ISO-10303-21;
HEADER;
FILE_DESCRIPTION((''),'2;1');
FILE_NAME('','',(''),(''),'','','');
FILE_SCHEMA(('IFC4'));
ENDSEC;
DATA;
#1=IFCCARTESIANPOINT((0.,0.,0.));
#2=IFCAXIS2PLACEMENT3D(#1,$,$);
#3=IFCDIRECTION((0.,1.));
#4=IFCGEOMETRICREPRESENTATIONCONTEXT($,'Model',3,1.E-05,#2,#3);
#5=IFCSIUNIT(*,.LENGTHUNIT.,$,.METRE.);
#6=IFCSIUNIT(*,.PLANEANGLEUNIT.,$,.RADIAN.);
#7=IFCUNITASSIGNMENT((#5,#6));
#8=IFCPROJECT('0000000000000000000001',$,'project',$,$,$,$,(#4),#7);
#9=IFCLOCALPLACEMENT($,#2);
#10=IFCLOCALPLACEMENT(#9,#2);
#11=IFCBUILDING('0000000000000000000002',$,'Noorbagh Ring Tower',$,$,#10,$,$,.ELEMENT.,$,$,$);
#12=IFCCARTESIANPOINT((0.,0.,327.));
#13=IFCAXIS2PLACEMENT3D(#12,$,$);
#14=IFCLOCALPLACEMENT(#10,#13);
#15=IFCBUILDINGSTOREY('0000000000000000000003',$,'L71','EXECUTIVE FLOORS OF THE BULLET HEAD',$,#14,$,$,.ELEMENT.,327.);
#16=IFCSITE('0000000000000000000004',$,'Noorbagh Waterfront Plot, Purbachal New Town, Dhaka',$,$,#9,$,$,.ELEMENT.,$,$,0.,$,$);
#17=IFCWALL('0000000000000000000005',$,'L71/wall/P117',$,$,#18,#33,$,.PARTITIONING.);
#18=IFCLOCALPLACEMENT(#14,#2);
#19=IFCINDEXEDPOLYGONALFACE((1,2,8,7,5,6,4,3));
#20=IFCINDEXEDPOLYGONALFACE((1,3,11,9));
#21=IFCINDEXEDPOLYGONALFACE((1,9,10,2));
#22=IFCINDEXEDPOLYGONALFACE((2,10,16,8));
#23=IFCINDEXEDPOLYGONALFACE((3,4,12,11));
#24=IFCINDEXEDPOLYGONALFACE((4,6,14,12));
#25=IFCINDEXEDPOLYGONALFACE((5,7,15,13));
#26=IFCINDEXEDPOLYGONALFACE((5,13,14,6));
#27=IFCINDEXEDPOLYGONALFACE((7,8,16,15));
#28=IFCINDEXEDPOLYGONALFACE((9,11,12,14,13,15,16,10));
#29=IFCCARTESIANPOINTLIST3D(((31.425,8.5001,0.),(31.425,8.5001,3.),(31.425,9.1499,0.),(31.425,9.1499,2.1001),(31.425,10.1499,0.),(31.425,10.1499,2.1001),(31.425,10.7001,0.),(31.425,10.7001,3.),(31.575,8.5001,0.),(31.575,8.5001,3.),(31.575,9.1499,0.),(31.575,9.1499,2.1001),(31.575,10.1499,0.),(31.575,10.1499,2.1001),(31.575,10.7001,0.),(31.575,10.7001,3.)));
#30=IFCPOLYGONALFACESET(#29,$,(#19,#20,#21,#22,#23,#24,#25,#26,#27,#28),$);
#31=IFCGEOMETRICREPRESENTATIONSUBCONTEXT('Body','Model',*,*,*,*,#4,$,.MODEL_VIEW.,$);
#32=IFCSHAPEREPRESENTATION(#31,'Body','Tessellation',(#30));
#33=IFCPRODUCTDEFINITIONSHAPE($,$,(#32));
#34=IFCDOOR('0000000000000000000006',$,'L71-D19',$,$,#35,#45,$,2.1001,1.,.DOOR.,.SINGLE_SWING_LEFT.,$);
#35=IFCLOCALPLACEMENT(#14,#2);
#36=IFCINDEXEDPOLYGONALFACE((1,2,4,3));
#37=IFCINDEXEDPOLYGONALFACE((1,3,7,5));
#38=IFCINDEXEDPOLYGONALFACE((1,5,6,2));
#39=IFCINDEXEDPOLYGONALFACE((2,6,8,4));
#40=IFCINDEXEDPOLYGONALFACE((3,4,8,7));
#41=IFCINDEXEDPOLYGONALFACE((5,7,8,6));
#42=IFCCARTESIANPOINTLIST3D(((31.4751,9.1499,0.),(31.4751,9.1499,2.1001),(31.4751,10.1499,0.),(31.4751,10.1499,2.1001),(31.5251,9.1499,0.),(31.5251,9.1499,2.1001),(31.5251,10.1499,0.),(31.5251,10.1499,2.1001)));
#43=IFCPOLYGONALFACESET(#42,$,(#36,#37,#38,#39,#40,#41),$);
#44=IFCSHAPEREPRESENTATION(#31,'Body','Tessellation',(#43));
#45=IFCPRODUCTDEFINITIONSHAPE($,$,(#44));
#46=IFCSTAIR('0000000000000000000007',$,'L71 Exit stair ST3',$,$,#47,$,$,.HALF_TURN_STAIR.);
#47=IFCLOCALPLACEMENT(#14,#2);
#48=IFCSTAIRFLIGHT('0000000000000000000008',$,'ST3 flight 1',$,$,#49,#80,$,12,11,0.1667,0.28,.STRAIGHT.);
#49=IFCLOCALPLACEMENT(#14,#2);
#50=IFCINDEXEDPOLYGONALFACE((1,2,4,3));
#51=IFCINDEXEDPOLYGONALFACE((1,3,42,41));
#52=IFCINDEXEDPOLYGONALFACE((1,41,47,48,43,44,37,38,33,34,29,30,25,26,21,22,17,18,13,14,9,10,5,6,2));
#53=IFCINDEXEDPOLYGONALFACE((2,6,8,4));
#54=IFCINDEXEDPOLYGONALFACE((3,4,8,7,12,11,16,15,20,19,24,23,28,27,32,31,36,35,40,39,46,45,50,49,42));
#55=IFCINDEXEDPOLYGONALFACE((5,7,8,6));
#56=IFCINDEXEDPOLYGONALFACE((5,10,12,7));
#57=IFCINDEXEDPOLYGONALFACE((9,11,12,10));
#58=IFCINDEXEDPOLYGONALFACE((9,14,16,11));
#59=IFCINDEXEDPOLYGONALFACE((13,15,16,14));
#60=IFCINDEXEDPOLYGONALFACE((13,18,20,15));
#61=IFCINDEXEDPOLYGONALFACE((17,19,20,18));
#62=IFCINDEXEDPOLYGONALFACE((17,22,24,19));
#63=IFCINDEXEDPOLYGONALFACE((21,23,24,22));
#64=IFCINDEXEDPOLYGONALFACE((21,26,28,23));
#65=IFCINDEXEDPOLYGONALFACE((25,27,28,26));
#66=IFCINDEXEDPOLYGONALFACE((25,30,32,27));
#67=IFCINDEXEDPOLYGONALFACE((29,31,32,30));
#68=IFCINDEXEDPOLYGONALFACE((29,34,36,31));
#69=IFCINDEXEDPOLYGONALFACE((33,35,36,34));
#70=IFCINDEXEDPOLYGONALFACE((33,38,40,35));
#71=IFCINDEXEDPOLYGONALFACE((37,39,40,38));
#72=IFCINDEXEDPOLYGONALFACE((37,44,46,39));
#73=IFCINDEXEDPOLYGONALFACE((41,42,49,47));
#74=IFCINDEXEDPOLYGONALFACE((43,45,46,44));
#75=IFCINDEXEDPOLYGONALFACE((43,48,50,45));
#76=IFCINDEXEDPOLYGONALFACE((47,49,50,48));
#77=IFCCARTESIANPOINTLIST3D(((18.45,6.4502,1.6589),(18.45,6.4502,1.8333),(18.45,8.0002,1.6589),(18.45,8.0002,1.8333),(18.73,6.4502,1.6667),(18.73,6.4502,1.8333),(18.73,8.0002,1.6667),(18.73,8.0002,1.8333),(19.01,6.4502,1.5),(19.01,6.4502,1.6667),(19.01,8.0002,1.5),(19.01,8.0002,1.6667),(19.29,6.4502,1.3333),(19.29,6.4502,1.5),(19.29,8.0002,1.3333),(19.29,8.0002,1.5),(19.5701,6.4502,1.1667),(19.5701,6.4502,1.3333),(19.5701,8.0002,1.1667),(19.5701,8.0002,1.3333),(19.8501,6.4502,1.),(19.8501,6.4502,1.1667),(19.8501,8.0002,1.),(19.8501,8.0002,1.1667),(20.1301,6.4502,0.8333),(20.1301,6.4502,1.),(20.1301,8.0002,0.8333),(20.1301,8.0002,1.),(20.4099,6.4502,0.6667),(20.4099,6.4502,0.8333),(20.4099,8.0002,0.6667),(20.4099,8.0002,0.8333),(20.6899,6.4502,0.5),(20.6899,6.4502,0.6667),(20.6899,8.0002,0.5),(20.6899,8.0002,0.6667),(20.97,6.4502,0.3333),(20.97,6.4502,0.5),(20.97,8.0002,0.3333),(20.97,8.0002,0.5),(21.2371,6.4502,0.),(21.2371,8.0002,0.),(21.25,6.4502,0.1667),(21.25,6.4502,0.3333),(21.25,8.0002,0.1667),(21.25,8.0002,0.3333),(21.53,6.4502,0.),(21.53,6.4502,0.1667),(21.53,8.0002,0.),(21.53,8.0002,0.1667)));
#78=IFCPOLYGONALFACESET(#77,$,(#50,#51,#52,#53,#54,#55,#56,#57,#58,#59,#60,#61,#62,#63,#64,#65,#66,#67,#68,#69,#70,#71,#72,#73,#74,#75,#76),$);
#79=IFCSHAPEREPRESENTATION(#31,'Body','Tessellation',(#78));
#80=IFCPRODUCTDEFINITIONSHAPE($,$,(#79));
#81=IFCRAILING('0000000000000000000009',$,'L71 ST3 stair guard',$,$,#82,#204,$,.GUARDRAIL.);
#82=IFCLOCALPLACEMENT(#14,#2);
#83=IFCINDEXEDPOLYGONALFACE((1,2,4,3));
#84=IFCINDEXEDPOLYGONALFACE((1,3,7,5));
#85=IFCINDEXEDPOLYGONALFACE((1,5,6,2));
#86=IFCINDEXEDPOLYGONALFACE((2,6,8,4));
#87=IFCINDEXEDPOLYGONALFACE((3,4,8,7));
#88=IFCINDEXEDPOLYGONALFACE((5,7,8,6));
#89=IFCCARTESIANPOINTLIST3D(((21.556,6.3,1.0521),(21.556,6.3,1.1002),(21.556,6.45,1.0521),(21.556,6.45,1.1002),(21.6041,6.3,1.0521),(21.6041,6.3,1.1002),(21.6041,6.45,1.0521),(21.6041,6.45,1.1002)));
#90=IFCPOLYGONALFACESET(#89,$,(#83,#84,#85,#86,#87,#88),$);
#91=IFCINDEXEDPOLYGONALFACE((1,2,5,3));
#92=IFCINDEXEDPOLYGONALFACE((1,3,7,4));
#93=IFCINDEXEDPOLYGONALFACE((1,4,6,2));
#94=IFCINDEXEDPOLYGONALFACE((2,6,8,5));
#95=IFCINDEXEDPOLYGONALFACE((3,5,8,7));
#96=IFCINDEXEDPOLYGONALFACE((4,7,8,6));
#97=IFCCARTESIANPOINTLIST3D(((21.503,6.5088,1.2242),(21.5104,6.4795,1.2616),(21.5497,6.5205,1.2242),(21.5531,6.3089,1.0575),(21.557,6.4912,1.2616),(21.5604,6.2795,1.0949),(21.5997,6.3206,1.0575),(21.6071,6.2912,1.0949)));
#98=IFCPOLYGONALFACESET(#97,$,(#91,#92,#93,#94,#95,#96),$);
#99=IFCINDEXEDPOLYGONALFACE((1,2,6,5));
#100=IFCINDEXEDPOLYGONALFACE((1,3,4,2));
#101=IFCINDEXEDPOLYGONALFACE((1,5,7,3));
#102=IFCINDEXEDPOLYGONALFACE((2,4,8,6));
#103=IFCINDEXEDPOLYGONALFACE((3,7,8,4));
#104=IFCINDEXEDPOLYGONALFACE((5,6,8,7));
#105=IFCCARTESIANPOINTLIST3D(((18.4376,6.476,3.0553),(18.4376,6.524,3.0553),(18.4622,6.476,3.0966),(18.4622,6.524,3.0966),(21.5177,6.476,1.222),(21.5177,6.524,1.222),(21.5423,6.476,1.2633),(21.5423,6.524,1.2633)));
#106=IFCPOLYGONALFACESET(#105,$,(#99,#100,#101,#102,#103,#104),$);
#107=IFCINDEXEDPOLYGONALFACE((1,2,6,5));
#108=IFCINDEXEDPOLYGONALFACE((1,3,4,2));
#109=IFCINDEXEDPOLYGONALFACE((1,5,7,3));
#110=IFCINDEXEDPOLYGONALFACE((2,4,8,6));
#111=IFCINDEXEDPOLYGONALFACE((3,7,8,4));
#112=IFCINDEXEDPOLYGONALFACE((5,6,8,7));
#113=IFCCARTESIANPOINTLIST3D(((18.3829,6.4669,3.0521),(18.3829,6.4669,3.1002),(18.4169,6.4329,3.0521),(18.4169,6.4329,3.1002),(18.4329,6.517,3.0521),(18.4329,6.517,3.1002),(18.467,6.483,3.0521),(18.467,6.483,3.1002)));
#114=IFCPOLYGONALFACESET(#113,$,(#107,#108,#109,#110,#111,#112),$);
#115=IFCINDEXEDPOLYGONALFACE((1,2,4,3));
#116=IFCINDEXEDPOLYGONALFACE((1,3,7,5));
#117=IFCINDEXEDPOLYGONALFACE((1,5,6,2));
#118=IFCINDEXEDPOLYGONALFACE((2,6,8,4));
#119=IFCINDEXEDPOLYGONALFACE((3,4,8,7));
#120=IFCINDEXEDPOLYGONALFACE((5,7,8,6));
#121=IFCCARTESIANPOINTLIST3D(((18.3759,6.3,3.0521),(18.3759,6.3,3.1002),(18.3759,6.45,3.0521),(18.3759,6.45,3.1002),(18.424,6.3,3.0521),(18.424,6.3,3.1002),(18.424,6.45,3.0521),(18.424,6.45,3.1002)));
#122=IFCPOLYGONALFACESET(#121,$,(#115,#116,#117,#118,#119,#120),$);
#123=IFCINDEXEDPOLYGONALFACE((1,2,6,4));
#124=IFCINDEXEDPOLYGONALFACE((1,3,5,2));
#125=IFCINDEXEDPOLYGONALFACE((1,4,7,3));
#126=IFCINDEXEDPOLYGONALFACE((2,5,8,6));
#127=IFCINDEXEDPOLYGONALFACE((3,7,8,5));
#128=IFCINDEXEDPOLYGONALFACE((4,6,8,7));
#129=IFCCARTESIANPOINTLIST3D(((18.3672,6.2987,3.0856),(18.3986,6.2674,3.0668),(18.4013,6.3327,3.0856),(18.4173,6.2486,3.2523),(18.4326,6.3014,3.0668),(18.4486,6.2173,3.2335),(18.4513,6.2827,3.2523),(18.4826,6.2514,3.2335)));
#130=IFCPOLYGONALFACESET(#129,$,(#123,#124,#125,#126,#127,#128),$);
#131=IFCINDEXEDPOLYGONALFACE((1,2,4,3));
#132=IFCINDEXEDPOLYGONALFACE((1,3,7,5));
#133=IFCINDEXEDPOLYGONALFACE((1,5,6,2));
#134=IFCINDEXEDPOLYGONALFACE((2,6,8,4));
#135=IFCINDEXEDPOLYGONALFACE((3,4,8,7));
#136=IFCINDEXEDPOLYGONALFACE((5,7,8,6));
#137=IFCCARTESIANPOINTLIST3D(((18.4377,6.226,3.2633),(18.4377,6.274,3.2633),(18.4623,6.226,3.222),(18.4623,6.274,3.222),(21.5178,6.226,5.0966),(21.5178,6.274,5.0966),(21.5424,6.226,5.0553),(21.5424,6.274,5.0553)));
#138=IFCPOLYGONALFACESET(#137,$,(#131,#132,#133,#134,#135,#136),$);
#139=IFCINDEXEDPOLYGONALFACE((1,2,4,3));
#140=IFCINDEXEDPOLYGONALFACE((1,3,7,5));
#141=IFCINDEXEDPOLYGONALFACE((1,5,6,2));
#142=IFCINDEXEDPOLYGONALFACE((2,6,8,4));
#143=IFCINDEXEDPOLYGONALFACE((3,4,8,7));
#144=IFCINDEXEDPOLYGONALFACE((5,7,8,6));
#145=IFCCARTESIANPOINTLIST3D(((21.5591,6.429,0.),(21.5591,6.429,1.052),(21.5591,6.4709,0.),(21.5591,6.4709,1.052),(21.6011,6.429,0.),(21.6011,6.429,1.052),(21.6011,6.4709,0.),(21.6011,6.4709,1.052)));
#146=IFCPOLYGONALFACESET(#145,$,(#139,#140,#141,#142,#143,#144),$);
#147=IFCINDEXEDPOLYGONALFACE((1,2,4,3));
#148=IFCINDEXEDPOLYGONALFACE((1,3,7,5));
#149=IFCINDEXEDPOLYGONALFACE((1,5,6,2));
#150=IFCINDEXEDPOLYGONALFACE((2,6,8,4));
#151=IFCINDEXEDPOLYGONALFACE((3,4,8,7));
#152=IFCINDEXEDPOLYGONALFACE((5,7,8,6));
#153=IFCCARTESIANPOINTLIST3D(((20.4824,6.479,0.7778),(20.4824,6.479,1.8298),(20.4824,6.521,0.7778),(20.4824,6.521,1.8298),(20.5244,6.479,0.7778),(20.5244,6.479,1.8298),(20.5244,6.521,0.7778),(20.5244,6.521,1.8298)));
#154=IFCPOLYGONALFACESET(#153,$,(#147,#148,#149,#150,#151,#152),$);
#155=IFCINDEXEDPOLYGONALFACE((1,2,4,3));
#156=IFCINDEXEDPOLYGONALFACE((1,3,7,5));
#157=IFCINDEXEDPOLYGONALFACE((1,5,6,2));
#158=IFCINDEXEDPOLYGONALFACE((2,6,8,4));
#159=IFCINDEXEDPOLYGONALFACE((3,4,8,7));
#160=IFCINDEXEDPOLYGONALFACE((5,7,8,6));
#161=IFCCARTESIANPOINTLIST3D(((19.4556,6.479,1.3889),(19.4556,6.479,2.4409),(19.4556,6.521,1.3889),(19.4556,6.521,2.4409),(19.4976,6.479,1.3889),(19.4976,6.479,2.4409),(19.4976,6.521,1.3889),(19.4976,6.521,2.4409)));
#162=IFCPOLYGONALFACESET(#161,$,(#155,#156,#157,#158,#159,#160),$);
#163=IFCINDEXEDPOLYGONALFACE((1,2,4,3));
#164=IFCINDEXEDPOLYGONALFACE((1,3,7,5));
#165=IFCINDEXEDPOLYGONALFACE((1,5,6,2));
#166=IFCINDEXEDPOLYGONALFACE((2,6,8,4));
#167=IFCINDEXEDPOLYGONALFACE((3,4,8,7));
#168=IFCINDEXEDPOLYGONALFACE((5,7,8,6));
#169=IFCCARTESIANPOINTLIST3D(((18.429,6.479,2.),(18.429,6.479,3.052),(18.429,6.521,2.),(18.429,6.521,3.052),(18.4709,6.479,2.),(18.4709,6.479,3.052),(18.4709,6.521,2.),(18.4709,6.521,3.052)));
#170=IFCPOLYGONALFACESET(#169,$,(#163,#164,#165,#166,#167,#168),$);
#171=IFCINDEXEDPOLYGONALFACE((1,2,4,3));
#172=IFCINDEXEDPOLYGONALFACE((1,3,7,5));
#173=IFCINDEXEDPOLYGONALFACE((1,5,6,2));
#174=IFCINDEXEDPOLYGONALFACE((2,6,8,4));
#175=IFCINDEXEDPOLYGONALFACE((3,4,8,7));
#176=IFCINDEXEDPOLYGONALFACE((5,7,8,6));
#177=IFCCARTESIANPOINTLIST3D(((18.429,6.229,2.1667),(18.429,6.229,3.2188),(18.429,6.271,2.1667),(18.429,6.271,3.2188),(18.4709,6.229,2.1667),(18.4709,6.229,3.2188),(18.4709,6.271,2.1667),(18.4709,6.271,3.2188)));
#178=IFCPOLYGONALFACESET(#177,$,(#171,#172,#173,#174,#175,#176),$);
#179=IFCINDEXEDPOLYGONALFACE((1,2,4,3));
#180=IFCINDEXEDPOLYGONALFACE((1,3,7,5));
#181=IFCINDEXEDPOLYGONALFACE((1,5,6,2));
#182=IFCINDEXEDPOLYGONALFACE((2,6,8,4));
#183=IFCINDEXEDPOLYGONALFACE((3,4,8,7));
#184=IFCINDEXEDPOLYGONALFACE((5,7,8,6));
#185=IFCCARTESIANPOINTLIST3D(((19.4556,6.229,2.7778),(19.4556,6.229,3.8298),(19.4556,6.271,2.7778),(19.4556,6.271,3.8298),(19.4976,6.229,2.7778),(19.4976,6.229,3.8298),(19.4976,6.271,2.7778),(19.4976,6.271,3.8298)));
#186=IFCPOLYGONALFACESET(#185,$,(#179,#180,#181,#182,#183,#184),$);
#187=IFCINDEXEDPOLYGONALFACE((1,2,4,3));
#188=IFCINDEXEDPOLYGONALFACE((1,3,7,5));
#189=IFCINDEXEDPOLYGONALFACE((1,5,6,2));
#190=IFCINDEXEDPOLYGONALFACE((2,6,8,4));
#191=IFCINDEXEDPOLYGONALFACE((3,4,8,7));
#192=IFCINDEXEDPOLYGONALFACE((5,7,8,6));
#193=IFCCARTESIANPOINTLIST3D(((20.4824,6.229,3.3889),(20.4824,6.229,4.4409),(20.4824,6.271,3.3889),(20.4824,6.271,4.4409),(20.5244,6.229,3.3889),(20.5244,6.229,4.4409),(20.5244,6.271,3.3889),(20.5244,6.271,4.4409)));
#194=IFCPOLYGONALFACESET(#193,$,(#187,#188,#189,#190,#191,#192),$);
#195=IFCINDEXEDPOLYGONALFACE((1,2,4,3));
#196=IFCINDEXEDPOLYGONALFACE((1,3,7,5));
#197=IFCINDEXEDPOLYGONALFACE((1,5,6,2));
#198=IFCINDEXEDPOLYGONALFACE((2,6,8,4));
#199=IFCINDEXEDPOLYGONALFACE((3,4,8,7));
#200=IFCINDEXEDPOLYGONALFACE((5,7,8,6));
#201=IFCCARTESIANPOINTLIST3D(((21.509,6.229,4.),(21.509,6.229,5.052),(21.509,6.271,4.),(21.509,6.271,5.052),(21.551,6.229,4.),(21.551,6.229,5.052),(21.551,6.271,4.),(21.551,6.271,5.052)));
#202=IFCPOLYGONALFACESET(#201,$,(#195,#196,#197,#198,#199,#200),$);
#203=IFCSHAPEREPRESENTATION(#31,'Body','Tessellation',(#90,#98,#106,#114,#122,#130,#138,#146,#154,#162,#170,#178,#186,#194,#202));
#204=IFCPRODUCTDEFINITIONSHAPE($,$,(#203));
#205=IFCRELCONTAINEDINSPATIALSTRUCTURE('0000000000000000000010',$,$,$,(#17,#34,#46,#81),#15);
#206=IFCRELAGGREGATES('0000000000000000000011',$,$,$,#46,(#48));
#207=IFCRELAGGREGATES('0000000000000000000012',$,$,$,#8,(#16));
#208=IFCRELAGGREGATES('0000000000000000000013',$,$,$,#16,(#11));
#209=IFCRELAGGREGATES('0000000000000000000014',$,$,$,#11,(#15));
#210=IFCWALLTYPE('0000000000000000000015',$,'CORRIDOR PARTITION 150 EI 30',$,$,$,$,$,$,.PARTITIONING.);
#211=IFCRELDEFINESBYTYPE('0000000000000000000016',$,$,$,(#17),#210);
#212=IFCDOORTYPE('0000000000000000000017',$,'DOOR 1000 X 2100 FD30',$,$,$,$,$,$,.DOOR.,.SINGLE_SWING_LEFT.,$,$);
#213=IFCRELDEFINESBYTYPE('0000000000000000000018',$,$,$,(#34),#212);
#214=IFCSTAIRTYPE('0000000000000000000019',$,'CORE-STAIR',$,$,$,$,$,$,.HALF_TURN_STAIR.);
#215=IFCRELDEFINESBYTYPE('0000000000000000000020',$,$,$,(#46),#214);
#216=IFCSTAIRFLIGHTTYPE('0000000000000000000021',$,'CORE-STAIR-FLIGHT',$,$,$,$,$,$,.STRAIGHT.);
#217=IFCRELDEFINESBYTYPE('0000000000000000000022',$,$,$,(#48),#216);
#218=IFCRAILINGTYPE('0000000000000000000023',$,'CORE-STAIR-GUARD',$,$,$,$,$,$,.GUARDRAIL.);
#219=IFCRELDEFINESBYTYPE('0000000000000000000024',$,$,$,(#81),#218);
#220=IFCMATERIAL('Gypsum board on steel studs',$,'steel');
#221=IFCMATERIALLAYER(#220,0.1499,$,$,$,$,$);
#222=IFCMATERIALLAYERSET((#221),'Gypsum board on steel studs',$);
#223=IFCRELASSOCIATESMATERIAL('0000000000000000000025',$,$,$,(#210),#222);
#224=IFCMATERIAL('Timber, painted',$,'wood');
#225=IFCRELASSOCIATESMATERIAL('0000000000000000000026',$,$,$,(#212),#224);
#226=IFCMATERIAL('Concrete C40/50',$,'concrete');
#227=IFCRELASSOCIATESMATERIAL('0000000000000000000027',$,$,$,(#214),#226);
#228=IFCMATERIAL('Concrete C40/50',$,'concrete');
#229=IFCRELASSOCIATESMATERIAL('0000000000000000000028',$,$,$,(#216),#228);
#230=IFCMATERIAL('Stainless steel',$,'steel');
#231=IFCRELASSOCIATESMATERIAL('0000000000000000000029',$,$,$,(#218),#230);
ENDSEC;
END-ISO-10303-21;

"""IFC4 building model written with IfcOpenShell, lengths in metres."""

from ifc_helpers import new_model, si_unit, direction, frame, frame_2d, origin, origin_2d, place, context, subcontext, project, spatial, polyline, rectangle, outline, extrude, material, layer, layer_set, type_object, element, fill, aggregate, save


model = new_model("IFC4")

# Units and contexts
model_context = context("Model", 3, precision=1e-05, world=origin(), true_north=direction((0.0, 1.0)))
body_context = subcontext(model_context, "Body", "Model", "MODEL_VIEW")
ifc_project = project(units=[si_unit("LENGTHUNIT", "METRE"), si_unit("PLANEANGLEUNIT", "RADIAN")], contexts=[model_context])

# Site, building, storey
site_placement = place(None, origin())
site = spatial("IfcSite", under=ifc_project, at=site_placement, Name="Noorbagh Waterfront Plot, Purbachal New Town, Dhaka", CompositionType="ELEMENT", RefElevation=0.0)
building_placement = place(site_placement, origin())
building = spatial("IfcBuilding", under=site, at=building_placement, Name="Noorbagh Ring Tower", CompositionType="ELEMENT")
storey_placement = place(building_placement, frame((0.0, 0.0, 327.0)))
storey = spatial("IfcBuildingStorey", under=building, at=storey_placement, Name="L71", Description="EXECUTIVE FLOORS OF THE BULLET HEAD", CompositionType="ELEMENT", Elevation=327.0)

# Wall, opening, door
ifc_material_1 = material(Name="Gypsum board on steel studs", Category="steel")
ifc_layer_1 = layer(ifc_material_1, 0.1499)
ifc_layer_set_1 = layer_set([ifc_layer_1], Name="Gypsum board on steel studs")
wall_type_1 = type_object("IfcWallType", Name="CORRIDOR PARTITION 150 EI 30", PredefinedType="PARTITIONING", material=ifc_layer_set_1)
wall_1_placement = place(storey_placement, frame((31.5, 8.5, 0.0), z_axis=(0.0, 0.0, 1.0), x_axis=(0.0, 1.0, 0.0)))
wall_1 = element("IfcWall", 1, at=wall_1_placement, inside=storey, type_object=wall_type_1, Name="L71/wall/P117", PredefinedType="PARTITIONING", context=body_context, shape_type="SweptSolid", body=[
    extrude(rectangle(XDim=2.2, YDim=0.1499, at=frame_2d((1.1001, 0.0))), origin(), (0.0, 0.0, 1.0), 3.0),
])
opening_1_placement = place(wall_1_placement, frame((0.6499, 0.0, 0.0)))
opening_1 = element("IfcOpeningElement", 2, at=opening_1_placement, cuts=wall_1, PredefinedType="OPENING", context=body_context, shape_type="SweptSolid", body=[
    extrude(rectangle(XDim=1.0, YDim=2.1001, at=frame_2d((0.5, 1.05))), frame((0.0, 0.085, 0.0), z_axis=(0.0, -1.0, 0.0), x_axis=(1.0, 0.0, 0.0)), (0.0, 0.0, 1.0), 0.1699),
])
ifc_material_2 = material(Name="Timber, painted", Category="wood")
door_type_1 = type_object("IfcDoorType", Name="DOOR 1000 X 2100 FD30", OperationType="SINGLE_SWING_LEFT", PredefinedType="DOOR", material=ifc_material_2)
door_1_placement = place(opening_1_placement, origin())
door_1 = element("IfcDoor", 3, at=door_1_placement, inside=storey, type_object=door_type_1, Name="L71-D19", OperationType="SINGLE_SWING_LEFT", OverallHeight=2.1001, OverallWidth=1.0, PredefinedType="DOOR", context=body_context, shape_type="SweptSolid", body=[
    extrude(rectangle(XDim=1.0, YDim=2.1001, at=frame_2d((0.5, 1.05))), frame((0.0, 0.0249, 0.0), z_axis=(0.0, -1.0, 0.0), x_axis=(1.0, 0.0, 0.0)), (0.0, 0.0, 1.0), 0.05),
])
fill(opening_1, door_1)

# Stair, stair flight
ifc_material_3 = material(Name="Concrete C40/50", Category="concrete")
stair_type = type_object("IfcStairType", Name="CORE-STAIR", PredefinedType="HALF_TURN_STAIR", material=ifc_material_3)
stair_placement = place(storey_placement, origin())
stair = element("IfcStair", 4, at=stair_placement, inside=storey, type_object=stair_type, Name="L71 Exit stair ST3", PredefinedType="HALF_TURN_STAIR")
ifc_material_4 = material(Name="Concrete C40/50", Category="concrete")
stair_flight_type = type_object("IfcStairFlightType", Name="CORE-STAIR-FLIGHT", PredefinedType="STRAIGHT", material=ifc_material_4)
stair_flight_placement = place(storey_placement, frame((21.53, 7.2251, 0.0), z_axis=(0.0, 0.0, 1.0), x_axis=(-1.0, 0.0, 0.0)))
stair_flight = element("IfcStairFlight", 5, at=stair_flight_placement, type_object=stair_flight_type, Name="ST3 flight 1", NumberOfRisers=12, NumberOfTreads=11, PredefinedType="STRAIGHT", RiserHeight=0.1667, TreadLength=0.28, context=body_context, shape_type="SweptSolid", body=[
    extrude(outline(polyline([(0.0, 0.0), (0.0, 0.1667), (0.28, 0.1667), (0.28, 0.3333), (0.5601, 0.3333), (0.5601, 0.5), (0.8401, 0.5), (0.8401, 0.6667), (1.1201, 0.6667), (1.1201, 0.8333), (1.3999, 0.8333), (1.3999, 1.0), (1.6799, 1.0), (1.6799, 1.1667), (1.96, 1.1667), (1.96, 1.3333), (2.24, 1.3333), (2.24, 1.5), (2.52, 1.5), (2.52, 1.6667), (2.8, 1.6667), (2.8, 1.8333), (3.0801, 1.8333), (3.0801, 2.0), (3.0801, 1.6589), (0.293, 0.0), (0.0, 0.0)])), frame((0.0, 0.7749, 0.0), z_axis=(0.0, -1.0, 0.0), x_axis=(1.0, 0.0, 0.0)), (0.0, 0.0, 1.0), 1.55),
])
aggregate(stair, [stair_flight])

# Railing
ifc_material_5 = material(Name="Stainless steel", Category="steel")
railing_type_1 = type_object("IfcRailingType", Name="CORE-STAIR-GUARD", PredefinedType="GUARDRAIL", material=ifc_material_5)
railing_1_placement = place(storey_placement, frame((21.5801, 6.45, 0.0)))
element("IfcRailing", 6, at=railing_1_placement, inside=storey, type_object=railing_type_1, Name="L71 ST3 stair guard", PredefinedType="GUARDRAIL", context=body_context, shape_type="SweptSolid", body=[
    extrude(rectangle(XDim=0.0481, YDim=0.0481, at=origin_2d()), frame((0.0, 0.0, 1.0762), z_axis=(0.0, -1.0, 0.0), x_axis=(1.0, 0.0, 0.0)), (0.0, 0.0, 1.0), 0.1499),
    extrude(rectangle(XDim=0.0481, YDim=0.0481, at=origin_2d()), frame((0.0, -0.1499, 1.0762), z_axis=(-0.188776, 0.754182, 0.628946), x_axis=(-0.970073, -0.242814, 0.0)), (0.0, 0.0, 1.0), 0.2651),
    extrude(rectangle(XDim=0.0481, YDim=0.0481, at=origin_2d()), frame((-0.05, 0.05, 1.2427), z_axis=(-0.859309, 0.0, 0.511458), x_axis=(0.0, -1.0, 0.0)), (0.0, 0.0, 1.0), 3.5845),
    extrude(rectangle(XDim=0.0481, YDim=0.0481, at=origin_2d()), frame((-3.1301, 0.05, 3.0762), z_axis=(-0.707107, -0.707107, 0.0), x_axis=(0.707107, -0.707107, 0.0)), (0.0, 0.0, 1.0), 0.0708),
    extrude(rectangle(XDim=0.0481, YDim=0.0481, at=origin_2d()), frame((-3.1802, 0.0, 3.0762), z_axis=(0.0, -1.0, 0.0), x_axis=(1.0, 0.0, 0.0)), (0.0, 0.0, 1.0), 0.1499),
    extrude(rectangle(XDim=0.0481, YDim=0.0481, at=origin_2d()), frame((-3.1802, -0.1499, 3.0762), z_axis=(0.276287, -0.276287, 0.920506), x_axis=(0.707107, 0.707107, 0.0)), (0.0, 0.0, 1.0), 0.1812),
    extrude(rectangle(XDim=0.0481, YDim=0.0481, at=origin_2d()), frame((-3.1301, -0.2, 3.2427), z_axis=(0.859309, 0.0, 0.511458), x_axis=(0.0, 1.0, 0.0)), (0.0, 0.0, 1.0), 3.5845),
    extrude(rectangle(XDim=0.042, YDim=0.042, at=origin_2d()), origin(), (0.0, 0.0, 1.0), 1.052),
    extrude(rectangle(XDim=0.042, YDim=0.042, at=origin_2d()), frame((-1.0767, 0.05, 0.7778)), (0.0, 0.0, 1.0), 1.052),
    extrude(rectangle(XDim=0.042, YDim=0.042, at=origin_2d()), frame((-2.1035, 0.05, 1.3889)), (0.0, 0.0, 1.0), 1.052),
    extrude(rectangle(XDim=0.042, YDim=0.042, at=origin_2d()), frame((-3.1301, 0.05, 2.0)), (0.0, 0.0, 1.0), 1.052),
    extrude(rectangle(XDim=0.042, YDim=0.042, at=origin_2d()), frame((-3.1301, -0.2, 2.1667)), (0.0, 0.0, 1.0), 1.052),
    extrude(rectangle(XDim=0.042, YDim=0.042, at=origin_2d()), frame((-2.1035, -0.2, 2.7778)), (0.0, 0.0, 1.0), 1.052),
    extrude(rectangle(XDim=0.042, YDim=0.042, at=origin_2d()), frame((-1.0767, -0.2, 3.3889)), (0.0, 0.0, 1.0), 1.052),
    extrude(rectangle(XDim=0.042, YDim=0.042, at=origin_2d()), frame((-0.05, -0.2, 4.0)), (0.0, 0.0, 1.0), 1.052),
])

save(model, "model.ifc")
